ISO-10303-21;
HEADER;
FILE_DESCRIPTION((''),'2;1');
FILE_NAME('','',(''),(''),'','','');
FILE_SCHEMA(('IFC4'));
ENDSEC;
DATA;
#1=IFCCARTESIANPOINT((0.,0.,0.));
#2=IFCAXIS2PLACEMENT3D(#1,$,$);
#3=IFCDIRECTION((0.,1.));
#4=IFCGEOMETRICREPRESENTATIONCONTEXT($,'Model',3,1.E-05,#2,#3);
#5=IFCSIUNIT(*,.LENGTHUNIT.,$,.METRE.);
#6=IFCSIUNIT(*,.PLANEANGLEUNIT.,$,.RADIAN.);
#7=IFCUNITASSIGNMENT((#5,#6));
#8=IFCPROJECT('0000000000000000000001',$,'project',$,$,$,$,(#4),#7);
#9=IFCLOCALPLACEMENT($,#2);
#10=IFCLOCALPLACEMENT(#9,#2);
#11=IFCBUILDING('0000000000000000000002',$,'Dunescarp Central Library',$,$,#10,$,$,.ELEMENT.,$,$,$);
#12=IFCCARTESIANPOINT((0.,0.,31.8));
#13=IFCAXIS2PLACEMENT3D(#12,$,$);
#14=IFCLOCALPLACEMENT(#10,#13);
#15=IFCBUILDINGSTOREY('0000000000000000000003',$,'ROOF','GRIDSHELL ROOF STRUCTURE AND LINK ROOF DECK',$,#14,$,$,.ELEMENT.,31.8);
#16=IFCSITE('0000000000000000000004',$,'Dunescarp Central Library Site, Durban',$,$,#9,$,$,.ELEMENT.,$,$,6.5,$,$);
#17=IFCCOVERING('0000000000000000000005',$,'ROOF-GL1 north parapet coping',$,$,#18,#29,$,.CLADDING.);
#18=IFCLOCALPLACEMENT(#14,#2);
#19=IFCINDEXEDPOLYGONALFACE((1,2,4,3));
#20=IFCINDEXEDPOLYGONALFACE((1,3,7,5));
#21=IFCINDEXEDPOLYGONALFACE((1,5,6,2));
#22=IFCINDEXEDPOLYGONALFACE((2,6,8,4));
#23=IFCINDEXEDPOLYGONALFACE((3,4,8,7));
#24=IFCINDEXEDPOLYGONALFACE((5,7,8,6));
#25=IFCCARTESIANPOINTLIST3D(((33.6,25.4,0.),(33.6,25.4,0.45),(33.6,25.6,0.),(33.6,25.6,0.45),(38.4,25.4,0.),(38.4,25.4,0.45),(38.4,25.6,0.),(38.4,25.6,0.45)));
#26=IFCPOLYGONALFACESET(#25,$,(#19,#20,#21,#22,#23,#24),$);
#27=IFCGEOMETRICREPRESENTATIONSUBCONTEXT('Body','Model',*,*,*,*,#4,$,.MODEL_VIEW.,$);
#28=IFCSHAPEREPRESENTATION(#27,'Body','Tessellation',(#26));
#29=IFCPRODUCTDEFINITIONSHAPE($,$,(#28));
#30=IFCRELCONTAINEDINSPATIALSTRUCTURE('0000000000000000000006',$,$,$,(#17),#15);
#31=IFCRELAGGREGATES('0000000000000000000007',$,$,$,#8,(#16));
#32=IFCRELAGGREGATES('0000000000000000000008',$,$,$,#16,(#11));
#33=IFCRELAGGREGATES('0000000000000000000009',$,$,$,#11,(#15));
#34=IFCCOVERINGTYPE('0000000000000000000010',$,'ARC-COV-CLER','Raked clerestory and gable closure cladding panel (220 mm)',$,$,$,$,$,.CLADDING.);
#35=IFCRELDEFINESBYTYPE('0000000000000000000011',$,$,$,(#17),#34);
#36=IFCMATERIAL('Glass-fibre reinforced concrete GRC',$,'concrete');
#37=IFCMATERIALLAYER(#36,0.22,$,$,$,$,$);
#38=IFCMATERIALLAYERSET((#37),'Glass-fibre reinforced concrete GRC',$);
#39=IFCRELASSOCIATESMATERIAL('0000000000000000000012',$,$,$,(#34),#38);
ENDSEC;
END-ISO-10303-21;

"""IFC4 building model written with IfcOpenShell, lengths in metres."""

from ifc_helpers import new_model, si_unit, direction, frame, origin, origin_2d, place, context, subcontext, project, spatial, rectangle, extrude, material, layer, layer_set, type_object, element, save


model = new_model("IFC4")

# Units and contexts
model_context = context("Model", 3, precision=1e-05, world=origin(), true_north=direction((0.0, 1.0)))
body_context = subcontext(model_context, "Body", "Model", "MODEL_VIEW")
ifc_project = project(units=[si_unit("LENGTHUNIT", "METRE"), si_unit("PLANEANGLEUNIT", "RADIAN")], contexts=[model_context])

# Site, building, storey
site_placement = place(None, origin())
site = spatial("IfcSite", under=ifc_project, at=site_placement, Name="Dunescarp Central Library Site, Durban", CompositionType="ELEMENT", RefElevation=6.5)
building_placement = place(site_placement, origin())
building = spatial("IfcBuilding", under=site, at=building_placement, Name="Dunescarp Central Library", CompositionType="ELEMENT")
storey_placement = place(building_placement, frame((0.0, 0.0, 31.8)))
storey = spatial("IfcBuildingStorey", under=building, at=storey_placement, Name="ROOF", Description="GRIDSHELL ROOF STRUCTURE AND LINK ROOF DECK", CompositionType="ELEMENT", Elevation=31.8)

# Covering
ifc_material_1 = material(Name="Glass-fibre reinforced concrete GRC", Category="concrete")
ifc_layer_1 = layer(ifc_material_1, 0.22)
ifc_layer_set_1 = layer_set([ifc_layer_1], Name="Glass-fibre reinforced concrete GRC")
covering_type = type_object("IfcCoveringType", Name="ARC-COV-CLER", Description="Raked clerestory and gable closure cladding panel (220 mm)", PredefinedType="CLADDING", material=ifc_layer_set_1)
for number, where, z_axis, x_axis, name in (
    (1, (36.0, 25.5, 0.0), (0.0, 0.0, 1.0), (1.0, 0.0, 0.0), "ROOF-GL1 north parapet coping"),
):
    element("IfcCovering", number, at=place(storey_placement, frame(where, z_axis=z_axis, x_axis=x_axis)), inside=storey, type_object=covering_type, Name=name, PredefinedType="CLADDING", context=body_context, shape_type="SweptSolid", body=[
        extrude(rectangle(XDim=4.8, YDim=0.2, at=origin_2d()), origin(), (0.0, 0.0, 1.0), 0.45),
    ])

save(model, "model.ifc")
